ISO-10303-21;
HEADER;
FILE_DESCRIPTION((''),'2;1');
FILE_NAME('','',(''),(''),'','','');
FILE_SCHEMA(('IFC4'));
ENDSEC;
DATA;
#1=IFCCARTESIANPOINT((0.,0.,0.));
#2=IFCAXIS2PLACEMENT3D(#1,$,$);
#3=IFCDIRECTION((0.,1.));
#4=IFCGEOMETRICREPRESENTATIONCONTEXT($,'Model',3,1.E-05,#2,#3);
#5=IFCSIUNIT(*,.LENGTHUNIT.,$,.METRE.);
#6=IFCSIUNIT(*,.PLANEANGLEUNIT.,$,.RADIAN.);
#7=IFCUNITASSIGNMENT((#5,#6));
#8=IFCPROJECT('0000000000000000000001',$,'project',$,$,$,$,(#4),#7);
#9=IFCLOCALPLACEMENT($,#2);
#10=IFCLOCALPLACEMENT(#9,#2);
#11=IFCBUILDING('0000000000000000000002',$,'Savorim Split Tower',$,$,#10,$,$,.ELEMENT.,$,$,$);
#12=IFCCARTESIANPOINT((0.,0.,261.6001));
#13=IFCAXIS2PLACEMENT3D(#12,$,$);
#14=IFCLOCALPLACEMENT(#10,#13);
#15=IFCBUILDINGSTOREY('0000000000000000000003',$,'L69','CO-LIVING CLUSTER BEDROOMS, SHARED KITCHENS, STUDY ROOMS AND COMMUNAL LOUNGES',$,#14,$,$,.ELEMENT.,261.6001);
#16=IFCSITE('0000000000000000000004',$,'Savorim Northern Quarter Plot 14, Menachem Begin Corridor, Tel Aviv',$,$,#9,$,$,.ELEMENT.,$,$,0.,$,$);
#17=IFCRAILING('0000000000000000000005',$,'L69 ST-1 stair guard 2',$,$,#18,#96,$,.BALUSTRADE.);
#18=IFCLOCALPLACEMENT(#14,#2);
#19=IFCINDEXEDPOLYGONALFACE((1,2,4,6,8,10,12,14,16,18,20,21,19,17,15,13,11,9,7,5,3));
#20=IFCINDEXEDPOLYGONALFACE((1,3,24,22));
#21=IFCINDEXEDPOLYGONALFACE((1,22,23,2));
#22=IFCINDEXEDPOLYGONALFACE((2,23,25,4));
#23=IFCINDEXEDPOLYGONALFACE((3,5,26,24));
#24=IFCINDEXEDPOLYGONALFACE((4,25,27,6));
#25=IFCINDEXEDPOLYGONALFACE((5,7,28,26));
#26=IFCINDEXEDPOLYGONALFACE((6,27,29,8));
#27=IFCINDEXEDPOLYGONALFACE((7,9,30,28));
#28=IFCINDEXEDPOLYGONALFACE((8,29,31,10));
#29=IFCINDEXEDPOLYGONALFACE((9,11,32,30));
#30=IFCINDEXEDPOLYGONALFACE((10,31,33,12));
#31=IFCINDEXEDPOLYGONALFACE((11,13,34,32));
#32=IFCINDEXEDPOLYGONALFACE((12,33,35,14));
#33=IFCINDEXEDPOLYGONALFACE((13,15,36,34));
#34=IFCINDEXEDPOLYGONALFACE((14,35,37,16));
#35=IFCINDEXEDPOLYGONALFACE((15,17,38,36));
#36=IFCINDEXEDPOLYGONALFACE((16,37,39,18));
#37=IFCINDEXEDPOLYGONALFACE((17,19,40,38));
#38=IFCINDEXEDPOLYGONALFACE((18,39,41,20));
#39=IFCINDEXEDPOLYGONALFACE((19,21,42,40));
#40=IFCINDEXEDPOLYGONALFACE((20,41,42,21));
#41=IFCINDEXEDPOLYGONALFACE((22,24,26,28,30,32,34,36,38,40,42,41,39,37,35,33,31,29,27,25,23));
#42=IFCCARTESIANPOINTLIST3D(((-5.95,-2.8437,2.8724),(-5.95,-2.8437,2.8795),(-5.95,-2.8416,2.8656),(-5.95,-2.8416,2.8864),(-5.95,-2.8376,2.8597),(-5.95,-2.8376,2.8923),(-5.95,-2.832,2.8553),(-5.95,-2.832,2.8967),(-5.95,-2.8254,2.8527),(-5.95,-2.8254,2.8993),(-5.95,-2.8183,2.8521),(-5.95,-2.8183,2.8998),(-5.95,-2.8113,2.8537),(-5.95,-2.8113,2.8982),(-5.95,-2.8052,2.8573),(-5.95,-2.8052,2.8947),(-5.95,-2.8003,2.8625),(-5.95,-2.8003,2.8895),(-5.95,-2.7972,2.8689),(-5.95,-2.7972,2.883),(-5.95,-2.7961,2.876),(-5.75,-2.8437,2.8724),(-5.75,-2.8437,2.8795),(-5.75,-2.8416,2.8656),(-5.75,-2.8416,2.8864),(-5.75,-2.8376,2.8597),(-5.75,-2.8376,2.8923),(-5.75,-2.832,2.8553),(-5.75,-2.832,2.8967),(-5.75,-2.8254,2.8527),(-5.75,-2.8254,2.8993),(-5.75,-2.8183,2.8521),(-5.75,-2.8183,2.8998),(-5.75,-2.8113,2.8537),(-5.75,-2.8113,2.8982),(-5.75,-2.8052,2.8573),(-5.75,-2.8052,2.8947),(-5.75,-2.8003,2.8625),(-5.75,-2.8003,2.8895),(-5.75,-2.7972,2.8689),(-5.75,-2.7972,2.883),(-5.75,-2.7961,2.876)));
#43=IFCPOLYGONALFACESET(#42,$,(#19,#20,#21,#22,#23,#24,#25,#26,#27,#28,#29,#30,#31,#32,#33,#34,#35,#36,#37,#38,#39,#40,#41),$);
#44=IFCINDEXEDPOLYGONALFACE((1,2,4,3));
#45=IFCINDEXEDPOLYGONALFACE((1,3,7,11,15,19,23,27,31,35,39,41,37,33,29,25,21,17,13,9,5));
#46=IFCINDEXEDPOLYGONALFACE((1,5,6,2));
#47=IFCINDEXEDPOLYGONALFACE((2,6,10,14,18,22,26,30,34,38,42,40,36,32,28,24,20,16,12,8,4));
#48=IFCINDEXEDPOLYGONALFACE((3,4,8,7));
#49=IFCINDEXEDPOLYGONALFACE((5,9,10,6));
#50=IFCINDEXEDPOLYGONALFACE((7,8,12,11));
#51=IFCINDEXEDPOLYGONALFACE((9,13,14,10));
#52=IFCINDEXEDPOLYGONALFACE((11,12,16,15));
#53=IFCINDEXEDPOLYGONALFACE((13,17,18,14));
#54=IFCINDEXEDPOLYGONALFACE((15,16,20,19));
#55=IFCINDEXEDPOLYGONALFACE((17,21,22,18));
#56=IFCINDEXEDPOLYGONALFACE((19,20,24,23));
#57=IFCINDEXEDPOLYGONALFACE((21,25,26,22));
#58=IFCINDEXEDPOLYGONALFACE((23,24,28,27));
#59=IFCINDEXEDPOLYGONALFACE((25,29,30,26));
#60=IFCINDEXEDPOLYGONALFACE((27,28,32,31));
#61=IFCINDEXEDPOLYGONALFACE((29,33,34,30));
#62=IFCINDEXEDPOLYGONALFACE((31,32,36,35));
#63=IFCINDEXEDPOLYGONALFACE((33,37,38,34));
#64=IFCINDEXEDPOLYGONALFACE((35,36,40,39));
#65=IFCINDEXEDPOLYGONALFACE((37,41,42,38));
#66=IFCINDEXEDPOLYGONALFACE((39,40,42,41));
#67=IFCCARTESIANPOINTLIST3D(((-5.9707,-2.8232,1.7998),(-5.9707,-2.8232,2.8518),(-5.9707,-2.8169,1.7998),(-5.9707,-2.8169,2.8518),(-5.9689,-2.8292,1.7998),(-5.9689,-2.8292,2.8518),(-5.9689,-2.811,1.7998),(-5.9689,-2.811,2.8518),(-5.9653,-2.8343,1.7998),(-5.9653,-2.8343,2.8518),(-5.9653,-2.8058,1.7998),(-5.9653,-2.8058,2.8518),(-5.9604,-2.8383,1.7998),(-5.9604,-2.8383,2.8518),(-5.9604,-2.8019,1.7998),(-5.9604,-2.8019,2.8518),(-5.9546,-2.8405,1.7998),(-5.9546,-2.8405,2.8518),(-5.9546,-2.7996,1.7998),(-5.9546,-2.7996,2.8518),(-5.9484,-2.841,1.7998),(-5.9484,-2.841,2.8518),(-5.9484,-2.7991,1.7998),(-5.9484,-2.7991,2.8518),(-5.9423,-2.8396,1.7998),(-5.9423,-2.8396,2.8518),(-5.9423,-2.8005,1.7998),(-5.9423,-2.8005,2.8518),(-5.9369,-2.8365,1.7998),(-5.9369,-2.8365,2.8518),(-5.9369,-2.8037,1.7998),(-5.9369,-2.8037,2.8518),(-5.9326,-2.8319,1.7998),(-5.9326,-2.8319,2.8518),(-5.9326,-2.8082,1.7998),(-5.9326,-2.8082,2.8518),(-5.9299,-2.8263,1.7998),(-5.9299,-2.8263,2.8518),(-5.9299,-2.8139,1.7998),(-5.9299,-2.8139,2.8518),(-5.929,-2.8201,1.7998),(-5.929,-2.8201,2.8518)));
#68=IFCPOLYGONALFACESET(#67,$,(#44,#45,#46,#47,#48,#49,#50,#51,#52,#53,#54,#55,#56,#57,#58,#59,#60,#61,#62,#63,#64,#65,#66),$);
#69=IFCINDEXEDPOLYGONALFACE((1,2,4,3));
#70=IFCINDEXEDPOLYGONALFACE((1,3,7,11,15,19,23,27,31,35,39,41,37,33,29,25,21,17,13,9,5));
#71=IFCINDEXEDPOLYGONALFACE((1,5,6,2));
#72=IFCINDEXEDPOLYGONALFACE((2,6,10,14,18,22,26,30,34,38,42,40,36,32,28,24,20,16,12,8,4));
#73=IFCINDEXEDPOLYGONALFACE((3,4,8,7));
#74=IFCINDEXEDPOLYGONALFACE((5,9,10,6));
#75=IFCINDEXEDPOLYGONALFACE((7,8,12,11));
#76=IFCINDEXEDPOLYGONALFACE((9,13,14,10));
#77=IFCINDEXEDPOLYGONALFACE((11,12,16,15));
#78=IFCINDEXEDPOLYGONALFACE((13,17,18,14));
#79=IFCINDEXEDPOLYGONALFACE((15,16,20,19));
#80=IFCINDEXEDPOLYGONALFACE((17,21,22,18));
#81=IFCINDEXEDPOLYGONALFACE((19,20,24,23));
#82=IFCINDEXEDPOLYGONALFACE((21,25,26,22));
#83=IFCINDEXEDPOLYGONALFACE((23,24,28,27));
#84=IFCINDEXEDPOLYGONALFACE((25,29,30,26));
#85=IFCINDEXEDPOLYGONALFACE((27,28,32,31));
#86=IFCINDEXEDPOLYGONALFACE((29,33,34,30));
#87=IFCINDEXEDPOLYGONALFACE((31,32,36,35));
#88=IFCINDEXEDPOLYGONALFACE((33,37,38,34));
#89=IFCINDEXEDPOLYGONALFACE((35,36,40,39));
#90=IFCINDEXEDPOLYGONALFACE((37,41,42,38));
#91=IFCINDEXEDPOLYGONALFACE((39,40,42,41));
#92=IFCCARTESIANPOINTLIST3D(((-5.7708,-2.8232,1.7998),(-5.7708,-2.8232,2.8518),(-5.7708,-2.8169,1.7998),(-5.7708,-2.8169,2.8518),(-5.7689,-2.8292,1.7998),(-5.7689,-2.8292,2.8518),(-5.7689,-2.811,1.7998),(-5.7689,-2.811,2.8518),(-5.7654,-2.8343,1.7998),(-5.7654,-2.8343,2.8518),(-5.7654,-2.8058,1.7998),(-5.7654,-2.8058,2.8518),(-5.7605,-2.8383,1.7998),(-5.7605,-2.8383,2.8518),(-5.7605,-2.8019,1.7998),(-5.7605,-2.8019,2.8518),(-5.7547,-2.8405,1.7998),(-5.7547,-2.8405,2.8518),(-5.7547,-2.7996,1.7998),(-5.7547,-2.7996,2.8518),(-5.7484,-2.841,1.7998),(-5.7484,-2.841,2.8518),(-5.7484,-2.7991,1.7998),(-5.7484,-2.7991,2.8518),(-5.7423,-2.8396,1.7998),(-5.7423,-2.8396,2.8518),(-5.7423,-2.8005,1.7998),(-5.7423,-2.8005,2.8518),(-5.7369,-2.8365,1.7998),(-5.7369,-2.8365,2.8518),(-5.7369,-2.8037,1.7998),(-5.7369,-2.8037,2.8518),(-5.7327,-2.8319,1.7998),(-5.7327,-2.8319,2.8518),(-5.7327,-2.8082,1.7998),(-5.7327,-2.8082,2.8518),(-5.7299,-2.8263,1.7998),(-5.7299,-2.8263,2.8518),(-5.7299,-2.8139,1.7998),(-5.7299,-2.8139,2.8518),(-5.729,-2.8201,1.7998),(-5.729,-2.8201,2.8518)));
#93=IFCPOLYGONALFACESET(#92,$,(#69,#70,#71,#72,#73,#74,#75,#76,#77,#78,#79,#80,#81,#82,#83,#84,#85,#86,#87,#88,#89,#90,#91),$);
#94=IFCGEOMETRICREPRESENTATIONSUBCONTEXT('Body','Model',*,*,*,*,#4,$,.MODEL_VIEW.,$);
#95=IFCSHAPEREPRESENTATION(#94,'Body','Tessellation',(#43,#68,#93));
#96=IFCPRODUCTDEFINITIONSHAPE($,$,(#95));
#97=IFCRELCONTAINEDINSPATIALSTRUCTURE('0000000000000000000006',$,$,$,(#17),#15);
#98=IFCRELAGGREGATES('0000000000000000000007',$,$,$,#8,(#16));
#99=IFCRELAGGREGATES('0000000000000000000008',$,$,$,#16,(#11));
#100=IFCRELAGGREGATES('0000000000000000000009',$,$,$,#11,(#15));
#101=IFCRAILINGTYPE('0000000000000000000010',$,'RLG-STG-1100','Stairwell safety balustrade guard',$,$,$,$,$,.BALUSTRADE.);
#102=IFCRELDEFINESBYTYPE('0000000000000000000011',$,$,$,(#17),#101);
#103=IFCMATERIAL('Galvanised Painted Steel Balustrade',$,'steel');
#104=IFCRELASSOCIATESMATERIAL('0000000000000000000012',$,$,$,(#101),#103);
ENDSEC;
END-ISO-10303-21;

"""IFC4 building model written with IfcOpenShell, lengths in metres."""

from ifc_helpers import new_model, si_unit, direction, frame, origin, origin_2d, place, context, subcontext, project, spatial, circle, extrude, material, type_object, element, save


model = new_model("IFC4")

# Units and contexts
model_context = context("Model", 3, precision=1e-05, world=origin(), true_north=direction((0.0, 1.0)))
body_context = subcontext(model_context, "Body", "Model", "MODEL_VIEW")
ifc_project = project(units=[si_unit("LENGTHUNIT", "METRE"), si_unit("PLANEANGLEUNIT", "RADIAN")], contexts=[model_context])

# Site, building, storey
site_placement = place(None, origin())
site = spatial("IfcSite", under=ifc_project, at=site_placement, Name="Savorim Northern Quarter Plot 14, Menachem Begin Corridor, Tel Aviv", CompositionType="ELEMENT", RefElevation=0.0)
building_placement = place(site_placement, origin())
building = spatial("IfcBuilding", under=site, at=building_placement, Name="Savorim Split Tower", CompositionType="ELEMENT")
storey_placement = place(building_placement, frame((0.0, 0.0, 261.6001)))
storey = spatial("IfcBuildingStorey", under=building, at=storey_placement, Name="L69", Description="CO-LIVING CLUSTER BEDROOMS, SHARED KITCHENS, STUDY ROOMS AND COMMUNAL LOUNGES", CompositionType="ELEMENT", Elevation=261.6001)

# Railing
ifc_material_1 = material(Name="Galvanised Painted Steel Balustrade", Category="steel")
railing_type_1 = type_object("IfcRailingType", Name="RLG-STG-1100", Description="Stairwell safety balustrade guard", PredefinedType="BALUSTRADE", material=ifc_material_1)
railing_1_placement = place(storey_placement, frame((-5.95, -2.8201, 1.7998)))
element("IfcRailing", 1, at=railing_1_placement, inside=storey, type_object=railing_type_1, Name="L69 ST-1 stair guard 2", PredefinedType="BALUSTRADE", context=body_context, shape_type="SweptSolid", body=[
    extrude(circle(Radius=0.0239, at=origin_2d()), frame((0.0, 0.0, 1.0762), z_axis=(1.0, 0.0, 0.0), x_axis=(0.0, 1.0, 0.0)), (0.0, 0.0, 1.0), 0.2),
    extrude(circle(Radius=0.021, at=origin_2d()), origin(), (0.0, 0.0, 1.0), 1.052),
    extrude(circle(Radius=0.021, at=origin_2d()), frame((0.2, 0.0, 0.0)), (0.0, 0.0, 1.0), 1.052),
])

save(model, "model.ifc")
